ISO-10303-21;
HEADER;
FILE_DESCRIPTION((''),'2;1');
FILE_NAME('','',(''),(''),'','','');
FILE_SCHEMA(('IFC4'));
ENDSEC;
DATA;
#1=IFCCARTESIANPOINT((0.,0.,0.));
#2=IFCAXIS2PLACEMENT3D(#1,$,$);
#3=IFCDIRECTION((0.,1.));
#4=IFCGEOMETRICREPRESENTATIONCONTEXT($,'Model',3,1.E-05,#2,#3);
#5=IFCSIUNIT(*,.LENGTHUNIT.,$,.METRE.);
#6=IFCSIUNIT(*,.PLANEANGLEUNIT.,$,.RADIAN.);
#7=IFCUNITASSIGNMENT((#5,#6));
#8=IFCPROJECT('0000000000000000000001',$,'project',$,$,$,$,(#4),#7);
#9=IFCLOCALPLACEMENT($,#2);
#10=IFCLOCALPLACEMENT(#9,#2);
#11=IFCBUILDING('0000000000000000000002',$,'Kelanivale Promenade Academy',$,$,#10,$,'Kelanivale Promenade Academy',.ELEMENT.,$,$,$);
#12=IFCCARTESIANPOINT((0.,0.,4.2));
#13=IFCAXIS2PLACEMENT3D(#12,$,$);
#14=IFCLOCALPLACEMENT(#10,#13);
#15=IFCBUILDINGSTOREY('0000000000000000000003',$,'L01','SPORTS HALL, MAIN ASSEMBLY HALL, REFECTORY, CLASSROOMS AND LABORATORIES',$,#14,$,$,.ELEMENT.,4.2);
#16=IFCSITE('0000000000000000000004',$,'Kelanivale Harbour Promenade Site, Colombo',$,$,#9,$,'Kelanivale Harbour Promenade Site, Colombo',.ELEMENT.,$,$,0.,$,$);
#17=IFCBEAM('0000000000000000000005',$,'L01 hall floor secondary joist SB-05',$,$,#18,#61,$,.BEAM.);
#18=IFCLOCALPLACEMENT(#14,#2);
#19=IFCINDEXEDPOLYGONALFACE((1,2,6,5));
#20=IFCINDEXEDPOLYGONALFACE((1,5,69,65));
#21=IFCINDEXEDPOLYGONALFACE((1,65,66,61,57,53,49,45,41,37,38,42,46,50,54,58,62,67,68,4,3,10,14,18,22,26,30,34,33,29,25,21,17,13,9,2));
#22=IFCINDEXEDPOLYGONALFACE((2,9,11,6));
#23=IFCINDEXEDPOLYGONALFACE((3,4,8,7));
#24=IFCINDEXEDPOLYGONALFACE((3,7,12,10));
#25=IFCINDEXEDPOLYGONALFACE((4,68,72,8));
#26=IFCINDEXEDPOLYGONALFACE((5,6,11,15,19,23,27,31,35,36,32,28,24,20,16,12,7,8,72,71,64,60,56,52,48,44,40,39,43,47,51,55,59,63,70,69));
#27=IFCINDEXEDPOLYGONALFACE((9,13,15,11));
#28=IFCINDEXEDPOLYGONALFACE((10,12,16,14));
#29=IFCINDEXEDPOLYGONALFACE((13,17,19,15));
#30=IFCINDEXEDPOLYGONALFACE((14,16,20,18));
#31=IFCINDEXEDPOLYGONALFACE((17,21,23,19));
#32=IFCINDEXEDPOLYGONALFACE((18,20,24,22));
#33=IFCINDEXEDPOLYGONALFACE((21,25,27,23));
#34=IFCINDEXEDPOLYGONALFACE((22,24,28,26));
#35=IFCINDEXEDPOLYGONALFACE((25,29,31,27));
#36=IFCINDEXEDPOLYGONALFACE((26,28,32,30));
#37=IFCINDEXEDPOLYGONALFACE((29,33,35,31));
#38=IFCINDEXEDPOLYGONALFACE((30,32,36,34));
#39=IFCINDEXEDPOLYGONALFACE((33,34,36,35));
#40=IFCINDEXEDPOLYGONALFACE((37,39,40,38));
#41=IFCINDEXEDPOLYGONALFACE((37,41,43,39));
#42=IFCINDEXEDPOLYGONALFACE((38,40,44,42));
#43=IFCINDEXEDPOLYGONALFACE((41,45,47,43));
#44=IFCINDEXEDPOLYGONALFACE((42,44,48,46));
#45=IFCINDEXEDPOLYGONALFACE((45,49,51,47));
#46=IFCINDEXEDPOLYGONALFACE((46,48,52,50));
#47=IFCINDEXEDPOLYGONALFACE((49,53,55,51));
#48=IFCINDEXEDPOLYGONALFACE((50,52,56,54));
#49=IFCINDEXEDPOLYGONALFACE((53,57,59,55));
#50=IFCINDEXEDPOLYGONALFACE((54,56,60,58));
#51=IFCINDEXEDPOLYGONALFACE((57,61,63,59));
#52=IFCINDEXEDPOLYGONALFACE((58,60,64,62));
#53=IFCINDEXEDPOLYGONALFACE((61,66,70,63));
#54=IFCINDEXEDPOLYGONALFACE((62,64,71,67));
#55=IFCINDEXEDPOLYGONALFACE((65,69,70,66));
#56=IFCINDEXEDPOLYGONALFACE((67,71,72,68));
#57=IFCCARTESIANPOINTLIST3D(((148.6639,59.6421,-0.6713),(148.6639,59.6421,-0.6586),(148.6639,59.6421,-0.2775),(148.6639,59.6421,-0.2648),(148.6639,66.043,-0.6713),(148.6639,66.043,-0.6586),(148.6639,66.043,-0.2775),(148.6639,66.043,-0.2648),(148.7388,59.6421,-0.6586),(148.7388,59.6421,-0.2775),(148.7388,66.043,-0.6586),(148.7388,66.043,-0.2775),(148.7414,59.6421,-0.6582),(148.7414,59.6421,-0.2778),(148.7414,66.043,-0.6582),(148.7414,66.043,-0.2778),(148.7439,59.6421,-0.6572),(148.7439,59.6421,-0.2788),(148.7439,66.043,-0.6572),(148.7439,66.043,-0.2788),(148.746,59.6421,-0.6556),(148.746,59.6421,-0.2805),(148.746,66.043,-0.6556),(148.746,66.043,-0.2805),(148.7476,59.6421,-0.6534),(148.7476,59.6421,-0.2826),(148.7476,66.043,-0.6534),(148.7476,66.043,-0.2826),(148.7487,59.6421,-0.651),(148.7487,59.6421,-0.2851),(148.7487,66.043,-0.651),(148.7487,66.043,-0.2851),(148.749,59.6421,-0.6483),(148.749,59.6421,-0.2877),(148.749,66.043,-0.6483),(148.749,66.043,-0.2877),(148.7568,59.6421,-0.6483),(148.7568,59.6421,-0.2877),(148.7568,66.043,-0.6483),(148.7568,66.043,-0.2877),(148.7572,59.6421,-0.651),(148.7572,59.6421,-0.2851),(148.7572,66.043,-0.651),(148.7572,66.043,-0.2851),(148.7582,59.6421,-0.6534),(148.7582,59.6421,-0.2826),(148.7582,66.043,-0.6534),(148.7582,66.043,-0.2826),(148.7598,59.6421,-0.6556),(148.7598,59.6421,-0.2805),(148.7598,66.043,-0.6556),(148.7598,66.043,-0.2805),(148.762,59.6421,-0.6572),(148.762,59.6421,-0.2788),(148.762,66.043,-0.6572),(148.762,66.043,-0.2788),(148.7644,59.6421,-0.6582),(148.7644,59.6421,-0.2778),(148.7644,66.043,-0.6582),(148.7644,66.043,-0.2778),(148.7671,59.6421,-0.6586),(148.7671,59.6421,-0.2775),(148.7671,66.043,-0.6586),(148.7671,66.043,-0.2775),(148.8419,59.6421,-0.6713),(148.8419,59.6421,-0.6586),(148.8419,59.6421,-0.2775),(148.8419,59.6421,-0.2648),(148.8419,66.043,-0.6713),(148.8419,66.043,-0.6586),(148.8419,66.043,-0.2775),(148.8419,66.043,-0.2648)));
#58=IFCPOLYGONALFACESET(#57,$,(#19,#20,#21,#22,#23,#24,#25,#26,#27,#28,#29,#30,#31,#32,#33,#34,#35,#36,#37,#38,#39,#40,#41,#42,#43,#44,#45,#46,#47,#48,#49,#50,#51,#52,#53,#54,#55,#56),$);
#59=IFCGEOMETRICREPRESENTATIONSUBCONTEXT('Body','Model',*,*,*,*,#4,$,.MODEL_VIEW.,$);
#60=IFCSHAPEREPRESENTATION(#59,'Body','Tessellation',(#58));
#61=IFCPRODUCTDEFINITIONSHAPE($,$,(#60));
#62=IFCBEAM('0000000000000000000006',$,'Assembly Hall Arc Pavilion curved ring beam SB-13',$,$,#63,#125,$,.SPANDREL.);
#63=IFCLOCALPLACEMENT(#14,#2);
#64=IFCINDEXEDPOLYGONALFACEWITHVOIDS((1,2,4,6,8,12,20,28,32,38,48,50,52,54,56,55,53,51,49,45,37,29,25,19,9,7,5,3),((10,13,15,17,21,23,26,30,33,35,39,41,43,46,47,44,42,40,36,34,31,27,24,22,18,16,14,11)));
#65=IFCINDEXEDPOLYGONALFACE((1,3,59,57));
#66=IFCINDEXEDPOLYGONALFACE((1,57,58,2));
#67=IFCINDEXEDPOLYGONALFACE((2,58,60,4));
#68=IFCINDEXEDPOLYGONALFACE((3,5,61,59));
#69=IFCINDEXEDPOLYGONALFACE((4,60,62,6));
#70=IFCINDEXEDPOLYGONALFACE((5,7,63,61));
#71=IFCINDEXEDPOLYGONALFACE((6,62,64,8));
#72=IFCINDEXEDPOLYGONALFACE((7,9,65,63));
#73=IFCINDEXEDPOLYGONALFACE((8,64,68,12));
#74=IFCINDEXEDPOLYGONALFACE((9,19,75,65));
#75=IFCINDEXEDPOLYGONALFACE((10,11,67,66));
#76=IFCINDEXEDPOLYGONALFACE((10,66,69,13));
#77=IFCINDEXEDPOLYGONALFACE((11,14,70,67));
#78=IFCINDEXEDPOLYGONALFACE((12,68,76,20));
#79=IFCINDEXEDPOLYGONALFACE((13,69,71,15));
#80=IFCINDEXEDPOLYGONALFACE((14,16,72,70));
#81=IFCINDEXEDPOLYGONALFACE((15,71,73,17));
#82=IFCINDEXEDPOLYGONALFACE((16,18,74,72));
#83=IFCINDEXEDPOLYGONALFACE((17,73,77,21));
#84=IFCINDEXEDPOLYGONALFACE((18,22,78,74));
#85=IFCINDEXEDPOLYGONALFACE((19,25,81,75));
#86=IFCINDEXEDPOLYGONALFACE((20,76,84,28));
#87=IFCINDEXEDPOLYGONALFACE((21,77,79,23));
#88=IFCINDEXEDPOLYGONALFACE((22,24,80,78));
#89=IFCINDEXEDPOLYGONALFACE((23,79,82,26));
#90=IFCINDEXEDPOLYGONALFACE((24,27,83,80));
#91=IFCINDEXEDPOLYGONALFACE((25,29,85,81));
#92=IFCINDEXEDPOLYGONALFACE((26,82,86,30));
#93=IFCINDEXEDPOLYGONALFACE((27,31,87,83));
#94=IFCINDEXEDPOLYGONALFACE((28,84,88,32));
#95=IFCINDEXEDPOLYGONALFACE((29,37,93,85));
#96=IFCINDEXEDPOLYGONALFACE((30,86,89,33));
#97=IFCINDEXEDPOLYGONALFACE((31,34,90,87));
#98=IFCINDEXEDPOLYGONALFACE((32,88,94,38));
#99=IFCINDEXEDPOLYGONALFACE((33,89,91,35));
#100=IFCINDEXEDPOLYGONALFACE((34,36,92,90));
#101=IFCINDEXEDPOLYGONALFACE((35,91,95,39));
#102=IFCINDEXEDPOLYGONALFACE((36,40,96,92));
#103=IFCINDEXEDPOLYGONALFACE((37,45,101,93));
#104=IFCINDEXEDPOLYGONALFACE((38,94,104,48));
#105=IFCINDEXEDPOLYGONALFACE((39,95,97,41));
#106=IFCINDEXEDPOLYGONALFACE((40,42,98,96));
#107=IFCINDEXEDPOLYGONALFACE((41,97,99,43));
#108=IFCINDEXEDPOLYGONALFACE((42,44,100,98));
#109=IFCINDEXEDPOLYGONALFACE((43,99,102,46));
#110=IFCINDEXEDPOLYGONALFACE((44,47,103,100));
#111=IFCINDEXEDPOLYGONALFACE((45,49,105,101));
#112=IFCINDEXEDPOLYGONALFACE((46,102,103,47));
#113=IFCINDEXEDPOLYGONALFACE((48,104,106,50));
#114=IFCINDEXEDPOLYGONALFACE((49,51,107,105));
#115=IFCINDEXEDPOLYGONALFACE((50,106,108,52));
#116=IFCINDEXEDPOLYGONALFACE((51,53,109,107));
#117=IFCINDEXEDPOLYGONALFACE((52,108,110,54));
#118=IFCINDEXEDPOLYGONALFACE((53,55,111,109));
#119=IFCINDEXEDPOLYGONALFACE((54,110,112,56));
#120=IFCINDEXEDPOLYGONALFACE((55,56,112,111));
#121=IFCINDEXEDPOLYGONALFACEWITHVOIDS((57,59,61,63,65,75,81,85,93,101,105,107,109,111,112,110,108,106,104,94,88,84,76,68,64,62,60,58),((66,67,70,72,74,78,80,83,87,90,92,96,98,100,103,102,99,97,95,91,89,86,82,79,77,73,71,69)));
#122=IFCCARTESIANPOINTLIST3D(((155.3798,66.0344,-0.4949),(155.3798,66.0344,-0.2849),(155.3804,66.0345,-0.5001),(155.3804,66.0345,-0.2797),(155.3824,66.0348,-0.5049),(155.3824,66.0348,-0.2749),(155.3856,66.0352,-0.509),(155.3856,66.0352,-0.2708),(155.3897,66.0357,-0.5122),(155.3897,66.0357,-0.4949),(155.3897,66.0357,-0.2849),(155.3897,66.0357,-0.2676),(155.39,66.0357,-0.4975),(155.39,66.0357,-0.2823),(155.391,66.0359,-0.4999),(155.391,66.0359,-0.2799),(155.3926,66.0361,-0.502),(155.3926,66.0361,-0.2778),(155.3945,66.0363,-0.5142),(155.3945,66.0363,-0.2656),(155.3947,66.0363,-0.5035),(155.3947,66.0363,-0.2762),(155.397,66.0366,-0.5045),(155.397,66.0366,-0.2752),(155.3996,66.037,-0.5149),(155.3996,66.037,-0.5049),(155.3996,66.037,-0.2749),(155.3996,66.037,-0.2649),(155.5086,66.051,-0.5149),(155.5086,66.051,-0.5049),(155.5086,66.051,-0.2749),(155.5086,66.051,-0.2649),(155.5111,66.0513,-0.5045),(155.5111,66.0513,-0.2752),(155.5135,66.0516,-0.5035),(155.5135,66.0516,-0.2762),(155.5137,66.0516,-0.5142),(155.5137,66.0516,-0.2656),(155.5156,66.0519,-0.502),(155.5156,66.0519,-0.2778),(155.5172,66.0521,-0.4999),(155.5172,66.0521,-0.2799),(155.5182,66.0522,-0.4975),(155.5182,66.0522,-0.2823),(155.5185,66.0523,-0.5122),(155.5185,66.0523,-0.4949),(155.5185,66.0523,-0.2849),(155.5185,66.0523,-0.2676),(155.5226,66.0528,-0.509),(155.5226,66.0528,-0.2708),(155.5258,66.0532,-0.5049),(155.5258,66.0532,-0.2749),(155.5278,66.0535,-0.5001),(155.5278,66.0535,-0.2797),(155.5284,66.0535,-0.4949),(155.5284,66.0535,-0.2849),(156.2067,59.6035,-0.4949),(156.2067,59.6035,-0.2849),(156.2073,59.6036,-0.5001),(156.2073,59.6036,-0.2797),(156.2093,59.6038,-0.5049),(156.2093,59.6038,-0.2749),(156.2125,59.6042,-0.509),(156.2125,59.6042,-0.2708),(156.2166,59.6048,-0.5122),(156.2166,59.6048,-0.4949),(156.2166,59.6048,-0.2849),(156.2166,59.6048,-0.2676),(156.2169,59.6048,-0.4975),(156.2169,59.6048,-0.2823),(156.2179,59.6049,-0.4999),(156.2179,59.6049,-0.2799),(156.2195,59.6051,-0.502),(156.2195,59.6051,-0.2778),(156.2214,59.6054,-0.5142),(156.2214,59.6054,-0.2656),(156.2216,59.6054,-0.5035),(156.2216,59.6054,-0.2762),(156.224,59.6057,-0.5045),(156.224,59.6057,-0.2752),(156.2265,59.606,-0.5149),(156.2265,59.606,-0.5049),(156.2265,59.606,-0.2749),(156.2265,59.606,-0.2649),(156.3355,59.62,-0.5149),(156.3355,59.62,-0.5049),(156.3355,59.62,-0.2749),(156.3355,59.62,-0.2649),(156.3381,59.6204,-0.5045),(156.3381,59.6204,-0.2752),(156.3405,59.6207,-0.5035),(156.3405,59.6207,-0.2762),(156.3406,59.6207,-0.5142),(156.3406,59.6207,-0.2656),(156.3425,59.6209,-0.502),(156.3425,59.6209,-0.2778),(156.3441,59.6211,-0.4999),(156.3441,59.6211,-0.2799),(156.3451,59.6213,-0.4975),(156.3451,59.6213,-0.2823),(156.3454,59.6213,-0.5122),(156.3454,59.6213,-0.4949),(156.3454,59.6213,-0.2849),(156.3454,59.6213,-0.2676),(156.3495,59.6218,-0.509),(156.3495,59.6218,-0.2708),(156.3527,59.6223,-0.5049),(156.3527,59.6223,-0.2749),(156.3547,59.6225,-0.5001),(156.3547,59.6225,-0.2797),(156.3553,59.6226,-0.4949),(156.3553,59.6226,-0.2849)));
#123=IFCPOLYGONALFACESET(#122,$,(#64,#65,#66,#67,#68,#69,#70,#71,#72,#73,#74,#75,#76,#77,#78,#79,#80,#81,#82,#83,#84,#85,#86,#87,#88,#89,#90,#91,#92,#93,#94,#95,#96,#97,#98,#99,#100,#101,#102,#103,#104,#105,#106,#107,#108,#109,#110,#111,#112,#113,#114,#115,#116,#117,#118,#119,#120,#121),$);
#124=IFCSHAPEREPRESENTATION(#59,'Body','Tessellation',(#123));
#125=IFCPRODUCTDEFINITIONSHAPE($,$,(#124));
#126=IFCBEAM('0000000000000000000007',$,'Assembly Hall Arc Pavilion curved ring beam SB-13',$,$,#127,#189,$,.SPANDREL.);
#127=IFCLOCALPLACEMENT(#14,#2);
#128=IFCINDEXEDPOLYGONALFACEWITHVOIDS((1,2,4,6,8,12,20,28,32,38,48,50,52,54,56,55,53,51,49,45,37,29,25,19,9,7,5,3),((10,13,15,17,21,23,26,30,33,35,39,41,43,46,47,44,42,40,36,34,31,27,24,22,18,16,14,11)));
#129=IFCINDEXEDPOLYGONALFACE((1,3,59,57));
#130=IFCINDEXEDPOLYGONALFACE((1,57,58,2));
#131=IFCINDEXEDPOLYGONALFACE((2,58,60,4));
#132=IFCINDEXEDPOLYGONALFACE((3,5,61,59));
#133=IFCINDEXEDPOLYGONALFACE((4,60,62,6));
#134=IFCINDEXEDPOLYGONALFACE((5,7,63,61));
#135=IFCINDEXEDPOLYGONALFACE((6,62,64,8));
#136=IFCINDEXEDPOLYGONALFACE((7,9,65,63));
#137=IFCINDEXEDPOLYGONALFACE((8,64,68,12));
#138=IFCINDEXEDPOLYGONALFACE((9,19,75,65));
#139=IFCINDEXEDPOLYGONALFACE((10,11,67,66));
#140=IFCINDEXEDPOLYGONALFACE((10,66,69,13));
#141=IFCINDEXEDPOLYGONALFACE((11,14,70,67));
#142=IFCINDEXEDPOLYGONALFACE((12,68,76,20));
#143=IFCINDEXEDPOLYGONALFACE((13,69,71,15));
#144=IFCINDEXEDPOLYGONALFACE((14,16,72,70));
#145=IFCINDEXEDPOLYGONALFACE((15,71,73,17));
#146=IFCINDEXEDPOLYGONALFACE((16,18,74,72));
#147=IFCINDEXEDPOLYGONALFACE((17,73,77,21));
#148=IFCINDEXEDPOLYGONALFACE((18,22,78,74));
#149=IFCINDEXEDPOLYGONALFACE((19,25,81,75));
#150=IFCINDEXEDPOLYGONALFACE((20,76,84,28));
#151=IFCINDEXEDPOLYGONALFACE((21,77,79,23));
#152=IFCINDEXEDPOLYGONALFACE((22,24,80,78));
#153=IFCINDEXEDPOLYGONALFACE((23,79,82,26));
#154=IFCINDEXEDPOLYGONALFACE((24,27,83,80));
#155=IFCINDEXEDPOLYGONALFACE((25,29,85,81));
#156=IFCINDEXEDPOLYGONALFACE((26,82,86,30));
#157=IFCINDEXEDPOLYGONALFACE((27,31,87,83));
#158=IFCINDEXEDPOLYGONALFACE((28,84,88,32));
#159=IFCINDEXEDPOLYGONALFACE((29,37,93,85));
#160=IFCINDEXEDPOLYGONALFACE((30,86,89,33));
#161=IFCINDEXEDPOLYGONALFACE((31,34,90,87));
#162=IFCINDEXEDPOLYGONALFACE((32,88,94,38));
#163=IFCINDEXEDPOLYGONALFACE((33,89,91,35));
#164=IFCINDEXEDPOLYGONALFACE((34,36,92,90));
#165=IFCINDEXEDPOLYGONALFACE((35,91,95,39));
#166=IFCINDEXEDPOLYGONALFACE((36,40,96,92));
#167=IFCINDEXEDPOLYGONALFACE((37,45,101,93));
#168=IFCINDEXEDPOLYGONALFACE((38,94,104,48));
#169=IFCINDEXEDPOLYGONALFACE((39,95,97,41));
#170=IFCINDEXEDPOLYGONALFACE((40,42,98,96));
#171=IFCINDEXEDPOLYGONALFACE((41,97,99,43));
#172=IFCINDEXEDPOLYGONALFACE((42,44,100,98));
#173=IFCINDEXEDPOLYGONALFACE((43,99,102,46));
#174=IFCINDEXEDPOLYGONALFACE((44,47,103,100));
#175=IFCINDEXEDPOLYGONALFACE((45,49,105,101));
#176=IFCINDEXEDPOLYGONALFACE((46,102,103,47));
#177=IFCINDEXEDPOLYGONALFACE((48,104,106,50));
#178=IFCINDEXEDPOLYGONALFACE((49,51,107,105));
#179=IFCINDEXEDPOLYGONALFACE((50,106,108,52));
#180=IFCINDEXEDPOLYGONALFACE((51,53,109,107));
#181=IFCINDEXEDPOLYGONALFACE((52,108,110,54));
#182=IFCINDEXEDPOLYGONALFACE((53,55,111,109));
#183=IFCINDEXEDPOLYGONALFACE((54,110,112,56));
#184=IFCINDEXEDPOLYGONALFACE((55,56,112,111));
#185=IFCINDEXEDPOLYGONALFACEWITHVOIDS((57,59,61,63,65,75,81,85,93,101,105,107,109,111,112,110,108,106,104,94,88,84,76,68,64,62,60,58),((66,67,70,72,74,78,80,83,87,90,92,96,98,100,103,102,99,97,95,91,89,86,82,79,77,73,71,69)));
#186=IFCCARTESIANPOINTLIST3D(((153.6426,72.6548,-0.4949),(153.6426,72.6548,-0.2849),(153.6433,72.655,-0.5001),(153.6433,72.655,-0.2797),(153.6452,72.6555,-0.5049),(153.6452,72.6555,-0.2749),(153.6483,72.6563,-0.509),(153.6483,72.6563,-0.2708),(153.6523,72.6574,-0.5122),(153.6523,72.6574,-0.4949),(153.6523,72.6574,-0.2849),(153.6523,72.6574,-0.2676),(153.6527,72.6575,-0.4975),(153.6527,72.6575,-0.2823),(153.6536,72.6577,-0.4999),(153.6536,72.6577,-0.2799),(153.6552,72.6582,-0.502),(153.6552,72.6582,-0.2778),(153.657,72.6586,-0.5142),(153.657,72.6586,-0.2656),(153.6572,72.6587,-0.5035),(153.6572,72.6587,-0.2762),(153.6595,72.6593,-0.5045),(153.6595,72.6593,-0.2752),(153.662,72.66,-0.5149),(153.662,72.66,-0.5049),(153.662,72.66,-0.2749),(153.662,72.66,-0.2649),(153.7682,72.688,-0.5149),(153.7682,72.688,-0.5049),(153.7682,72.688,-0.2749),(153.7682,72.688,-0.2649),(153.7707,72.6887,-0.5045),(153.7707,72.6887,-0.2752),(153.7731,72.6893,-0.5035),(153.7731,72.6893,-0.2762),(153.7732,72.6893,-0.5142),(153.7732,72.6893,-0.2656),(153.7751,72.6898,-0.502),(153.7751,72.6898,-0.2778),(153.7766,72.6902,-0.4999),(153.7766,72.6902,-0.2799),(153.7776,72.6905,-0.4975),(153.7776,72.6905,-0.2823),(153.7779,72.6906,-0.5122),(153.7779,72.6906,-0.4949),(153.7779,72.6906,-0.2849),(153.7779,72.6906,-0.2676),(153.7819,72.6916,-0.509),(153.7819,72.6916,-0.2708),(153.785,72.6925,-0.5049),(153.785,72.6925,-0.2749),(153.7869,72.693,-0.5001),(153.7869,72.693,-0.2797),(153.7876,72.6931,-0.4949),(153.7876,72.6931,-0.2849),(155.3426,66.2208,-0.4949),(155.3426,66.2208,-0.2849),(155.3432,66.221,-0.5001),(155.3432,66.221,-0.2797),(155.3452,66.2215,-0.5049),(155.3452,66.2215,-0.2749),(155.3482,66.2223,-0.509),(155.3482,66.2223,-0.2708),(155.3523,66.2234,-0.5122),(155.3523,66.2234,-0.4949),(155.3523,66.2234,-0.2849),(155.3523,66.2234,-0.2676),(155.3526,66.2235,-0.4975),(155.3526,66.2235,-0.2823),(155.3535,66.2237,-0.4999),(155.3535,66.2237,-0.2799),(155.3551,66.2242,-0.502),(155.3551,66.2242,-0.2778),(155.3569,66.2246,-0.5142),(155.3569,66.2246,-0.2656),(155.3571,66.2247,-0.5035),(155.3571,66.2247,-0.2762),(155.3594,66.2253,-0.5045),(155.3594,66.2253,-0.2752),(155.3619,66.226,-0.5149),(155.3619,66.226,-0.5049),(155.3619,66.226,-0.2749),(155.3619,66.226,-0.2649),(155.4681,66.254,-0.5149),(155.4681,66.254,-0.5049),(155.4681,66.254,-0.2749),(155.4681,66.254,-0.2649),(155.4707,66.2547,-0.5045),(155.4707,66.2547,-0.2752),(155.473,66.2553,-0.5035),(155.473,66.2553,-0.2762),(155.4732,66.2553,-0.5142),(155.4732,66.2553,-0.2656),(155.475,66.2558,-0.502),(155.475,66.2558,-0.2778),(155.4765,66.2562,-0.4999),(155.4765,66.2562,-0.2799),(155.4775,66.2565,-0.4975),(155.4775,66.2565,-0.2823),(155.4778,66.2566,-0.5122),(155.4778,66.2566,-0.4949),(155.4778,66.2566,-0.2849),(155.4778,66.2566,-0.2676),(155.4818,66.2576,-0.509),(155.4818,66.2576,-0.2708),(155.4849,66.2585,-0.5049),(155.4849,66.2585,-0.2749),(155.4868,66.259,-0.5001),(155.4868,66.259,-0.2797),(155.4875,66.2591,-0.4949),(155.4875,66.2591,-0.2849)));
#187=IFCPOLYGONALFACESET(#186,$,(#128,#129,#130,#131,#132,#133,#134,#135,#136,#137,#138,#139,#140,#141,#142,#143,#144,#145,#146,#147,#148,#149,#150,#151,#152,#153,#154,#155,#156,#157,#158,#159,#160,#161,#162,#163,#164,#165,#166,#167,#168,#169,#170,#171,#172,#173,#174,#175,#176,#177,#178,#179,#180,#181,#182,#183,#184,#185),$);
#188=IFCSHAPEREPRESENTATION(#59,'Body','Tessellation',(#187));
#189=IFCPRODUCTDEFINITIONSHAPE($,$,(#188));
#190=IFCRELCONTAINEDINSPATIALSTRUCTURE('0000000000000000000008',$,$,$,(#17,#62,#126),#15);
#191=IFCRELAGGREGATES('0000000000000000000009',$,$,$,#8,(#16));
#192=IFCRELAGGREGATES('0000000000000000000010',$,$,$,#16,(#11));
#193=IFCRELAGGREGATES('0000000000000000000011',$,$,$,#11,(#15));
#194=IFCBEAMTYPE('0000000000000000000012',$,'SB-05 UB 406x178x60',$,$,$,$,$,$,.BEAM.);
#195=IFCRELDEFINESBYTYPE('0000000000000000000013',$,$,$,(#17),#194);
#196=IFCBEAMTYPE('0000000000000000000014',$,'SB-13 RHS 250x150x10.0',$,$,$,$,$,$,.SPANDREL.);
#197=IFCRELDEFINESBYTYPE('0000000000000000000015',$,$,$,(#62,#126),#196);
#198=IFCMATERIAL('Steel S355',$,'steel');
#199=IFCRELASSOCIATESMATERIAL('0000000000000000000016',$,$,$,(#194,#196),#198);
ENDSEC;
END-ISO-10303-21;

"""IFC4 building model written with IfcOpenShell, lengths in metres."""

from ifc_helpers import new_model, si_unit, direction, frame, origin, origin_2d, place, context, subcontext, project, spatial, hollow_rectangle, i_section, extrude, material, material_profile, profile_set, type_object, element, save


model = new_model("IFC4")

# Units and contexts
model_context = context("Model", 3, precision=1e-05, world=origin(), true_north=direction((0.0, 1.0)))
body_context = subcontext(model_context, "Body", "Model", "MODEL_VIEW")
ifc_project = project(units=[si_unit("LENGTHUNIT", "METRE"), si_unit("PLANEANGLEUNIT", "RADIAN")], contexts=[model_context])

# Site, building, storey
site_placement = place(None, origin())
site = spatial("IfcSite", under=ifc_project, at=site_placement, Name="Kelanivale Harbour Promenade Site, Colombo", LongName="Kelanivale Harbour Promenade Site, Colombo", CompositionType="ELEMENT", RefElevation=0.0)
building_placement = place(site_placement, origin())
building = spatial("IfcBuilding", under=site, at=building_placement, Name="Kelanivale Promenade Academy", LongName="Kelanivale Promenade Academy", CompositionType="ELEMENT")
storey_placement = place(building_placement, frame((0.0, 0.0, 4.2)))
storey = spatial("IfcBuildingStorey", under=building, at=storey_placement, Name="L01", Description="SPORTS HALL, MAIN ASSEMBLY HALL, REFECTORY, CLASSROOMS AND LABORATORIES", CompositionType="ELEMENT", Elevation=4.2)

# Shared definitions
ifc_material_1 = material(Name="Steel S355", Category="steel")

# Beams
ifc_material_profile_1 = material_profile(ifc_material_1, i_section(OverallWidth=0.178, OverallDepth=0.4065, WebThickness=0.0078, FlangeThickness=0.0127, FilletRadius=0.0103, at=origin_2d()), Name="UB 406x178x60")
ifc_profile_set_1 = profile_set([ifc_material_profile_1], Name="Steel S355")
beam_type_1 = type_object("IfcBeamType", Name="SB-05 UB 406x178x60", PredefinedType="BEAM", material=ifc_profile_set_1)
beam_1_placement = place(storey_placement, frame((148.7529, 59.6421, -0.468), z_axis=(0.0, 1.0, 0.0), x_axis=(-1.0, 0.0, 0.0)))
element("IfcBeam", 1, at=beam_1_placement, inside=storey, type_object=beam_type_1, Name="L01 hall floor secondary joist SB-05", PredefinedType="BEAM", context=body_context, shape_type="SweptSolid", body=[
    extrude(i_section(OverallWidth=0.178, OverallDepth=0.4065, WebThickness=0.0078, FlangeThickness=0.0127, FilletRadius=0.0103, at=origin_2d()), origin(), (0.0, 0.0, 1.0), 6.4009),
])
ifc_material_profile_2 = material_profile(ifc_material_1, hollow_rectangle(XDim=0.1499, YDim=0.25, WallThickness=0.01, InnerFilletRadius=0.01, OuterFilletRadius=0.02, at=origin_2d()), Name="RHS 250x150x10.0")
ifc_profile_set_2 = profile_set([ifc_material_profile_2], Name="Steel S355")
beam_type_2 = type_object("IfcBeamType", Name="SB-13 RHS 250x150x10.0", PredefinedType="SPANDREL", material=ifc_profile_set_2)
beam_2_placement = place(storey_placement, frame((156.281, 59.613, -0.3899), z_axis=(-0.127533, 0.991834, 0.0), x_axis=(-0.991834, -0.127533, 0.0)))
element("IfcBeam", 2, at=beam_2_placement, inside=storey, type_object=beam_type_2, Name="Assembly Hall Arc Pavilion curved ring beam SB-13", PredefinedType="SPANDREL", context=body_context, shape_type="SweptSolid", body=[
    extrude(hollow_rectangle(XDim=0.1499, YDim=0.25, WallThickness=0.01, InnerFilletRadius=0.01, OuterFilletRadius=0.02, at=origin_2d()), origin(), (0.0, 0.0, 1.0), 6.4839),
])
beam_3_placement = place(storey_placement, frame((155.415, 66.24, -0.3899), z_axis=(-0.255445, 0.966824, 0.0), x_axis=(-0.966824, -0.255445, 0.0)))
element("IfcBeam", 3, at=beam_3_placement, inside=storey, type_object=beam_type_2, Name="Assembly Hall Arc Pavilion curved ring beam SB-13", PredefinedType="SPANDREL", context=body_context, shape_type="SweptSolid", body=[
    extrude(hollow_rectangle(XDim=0.1499, YDim=0.25, WallThickness=0.01, InnerFilletRadius=0.01, OuterFilletRadius=0.02, at=origin_2d()), origin(), (0.0, 0.0, 1.0), 6.6548),
])

save(model, "model.ifc")
